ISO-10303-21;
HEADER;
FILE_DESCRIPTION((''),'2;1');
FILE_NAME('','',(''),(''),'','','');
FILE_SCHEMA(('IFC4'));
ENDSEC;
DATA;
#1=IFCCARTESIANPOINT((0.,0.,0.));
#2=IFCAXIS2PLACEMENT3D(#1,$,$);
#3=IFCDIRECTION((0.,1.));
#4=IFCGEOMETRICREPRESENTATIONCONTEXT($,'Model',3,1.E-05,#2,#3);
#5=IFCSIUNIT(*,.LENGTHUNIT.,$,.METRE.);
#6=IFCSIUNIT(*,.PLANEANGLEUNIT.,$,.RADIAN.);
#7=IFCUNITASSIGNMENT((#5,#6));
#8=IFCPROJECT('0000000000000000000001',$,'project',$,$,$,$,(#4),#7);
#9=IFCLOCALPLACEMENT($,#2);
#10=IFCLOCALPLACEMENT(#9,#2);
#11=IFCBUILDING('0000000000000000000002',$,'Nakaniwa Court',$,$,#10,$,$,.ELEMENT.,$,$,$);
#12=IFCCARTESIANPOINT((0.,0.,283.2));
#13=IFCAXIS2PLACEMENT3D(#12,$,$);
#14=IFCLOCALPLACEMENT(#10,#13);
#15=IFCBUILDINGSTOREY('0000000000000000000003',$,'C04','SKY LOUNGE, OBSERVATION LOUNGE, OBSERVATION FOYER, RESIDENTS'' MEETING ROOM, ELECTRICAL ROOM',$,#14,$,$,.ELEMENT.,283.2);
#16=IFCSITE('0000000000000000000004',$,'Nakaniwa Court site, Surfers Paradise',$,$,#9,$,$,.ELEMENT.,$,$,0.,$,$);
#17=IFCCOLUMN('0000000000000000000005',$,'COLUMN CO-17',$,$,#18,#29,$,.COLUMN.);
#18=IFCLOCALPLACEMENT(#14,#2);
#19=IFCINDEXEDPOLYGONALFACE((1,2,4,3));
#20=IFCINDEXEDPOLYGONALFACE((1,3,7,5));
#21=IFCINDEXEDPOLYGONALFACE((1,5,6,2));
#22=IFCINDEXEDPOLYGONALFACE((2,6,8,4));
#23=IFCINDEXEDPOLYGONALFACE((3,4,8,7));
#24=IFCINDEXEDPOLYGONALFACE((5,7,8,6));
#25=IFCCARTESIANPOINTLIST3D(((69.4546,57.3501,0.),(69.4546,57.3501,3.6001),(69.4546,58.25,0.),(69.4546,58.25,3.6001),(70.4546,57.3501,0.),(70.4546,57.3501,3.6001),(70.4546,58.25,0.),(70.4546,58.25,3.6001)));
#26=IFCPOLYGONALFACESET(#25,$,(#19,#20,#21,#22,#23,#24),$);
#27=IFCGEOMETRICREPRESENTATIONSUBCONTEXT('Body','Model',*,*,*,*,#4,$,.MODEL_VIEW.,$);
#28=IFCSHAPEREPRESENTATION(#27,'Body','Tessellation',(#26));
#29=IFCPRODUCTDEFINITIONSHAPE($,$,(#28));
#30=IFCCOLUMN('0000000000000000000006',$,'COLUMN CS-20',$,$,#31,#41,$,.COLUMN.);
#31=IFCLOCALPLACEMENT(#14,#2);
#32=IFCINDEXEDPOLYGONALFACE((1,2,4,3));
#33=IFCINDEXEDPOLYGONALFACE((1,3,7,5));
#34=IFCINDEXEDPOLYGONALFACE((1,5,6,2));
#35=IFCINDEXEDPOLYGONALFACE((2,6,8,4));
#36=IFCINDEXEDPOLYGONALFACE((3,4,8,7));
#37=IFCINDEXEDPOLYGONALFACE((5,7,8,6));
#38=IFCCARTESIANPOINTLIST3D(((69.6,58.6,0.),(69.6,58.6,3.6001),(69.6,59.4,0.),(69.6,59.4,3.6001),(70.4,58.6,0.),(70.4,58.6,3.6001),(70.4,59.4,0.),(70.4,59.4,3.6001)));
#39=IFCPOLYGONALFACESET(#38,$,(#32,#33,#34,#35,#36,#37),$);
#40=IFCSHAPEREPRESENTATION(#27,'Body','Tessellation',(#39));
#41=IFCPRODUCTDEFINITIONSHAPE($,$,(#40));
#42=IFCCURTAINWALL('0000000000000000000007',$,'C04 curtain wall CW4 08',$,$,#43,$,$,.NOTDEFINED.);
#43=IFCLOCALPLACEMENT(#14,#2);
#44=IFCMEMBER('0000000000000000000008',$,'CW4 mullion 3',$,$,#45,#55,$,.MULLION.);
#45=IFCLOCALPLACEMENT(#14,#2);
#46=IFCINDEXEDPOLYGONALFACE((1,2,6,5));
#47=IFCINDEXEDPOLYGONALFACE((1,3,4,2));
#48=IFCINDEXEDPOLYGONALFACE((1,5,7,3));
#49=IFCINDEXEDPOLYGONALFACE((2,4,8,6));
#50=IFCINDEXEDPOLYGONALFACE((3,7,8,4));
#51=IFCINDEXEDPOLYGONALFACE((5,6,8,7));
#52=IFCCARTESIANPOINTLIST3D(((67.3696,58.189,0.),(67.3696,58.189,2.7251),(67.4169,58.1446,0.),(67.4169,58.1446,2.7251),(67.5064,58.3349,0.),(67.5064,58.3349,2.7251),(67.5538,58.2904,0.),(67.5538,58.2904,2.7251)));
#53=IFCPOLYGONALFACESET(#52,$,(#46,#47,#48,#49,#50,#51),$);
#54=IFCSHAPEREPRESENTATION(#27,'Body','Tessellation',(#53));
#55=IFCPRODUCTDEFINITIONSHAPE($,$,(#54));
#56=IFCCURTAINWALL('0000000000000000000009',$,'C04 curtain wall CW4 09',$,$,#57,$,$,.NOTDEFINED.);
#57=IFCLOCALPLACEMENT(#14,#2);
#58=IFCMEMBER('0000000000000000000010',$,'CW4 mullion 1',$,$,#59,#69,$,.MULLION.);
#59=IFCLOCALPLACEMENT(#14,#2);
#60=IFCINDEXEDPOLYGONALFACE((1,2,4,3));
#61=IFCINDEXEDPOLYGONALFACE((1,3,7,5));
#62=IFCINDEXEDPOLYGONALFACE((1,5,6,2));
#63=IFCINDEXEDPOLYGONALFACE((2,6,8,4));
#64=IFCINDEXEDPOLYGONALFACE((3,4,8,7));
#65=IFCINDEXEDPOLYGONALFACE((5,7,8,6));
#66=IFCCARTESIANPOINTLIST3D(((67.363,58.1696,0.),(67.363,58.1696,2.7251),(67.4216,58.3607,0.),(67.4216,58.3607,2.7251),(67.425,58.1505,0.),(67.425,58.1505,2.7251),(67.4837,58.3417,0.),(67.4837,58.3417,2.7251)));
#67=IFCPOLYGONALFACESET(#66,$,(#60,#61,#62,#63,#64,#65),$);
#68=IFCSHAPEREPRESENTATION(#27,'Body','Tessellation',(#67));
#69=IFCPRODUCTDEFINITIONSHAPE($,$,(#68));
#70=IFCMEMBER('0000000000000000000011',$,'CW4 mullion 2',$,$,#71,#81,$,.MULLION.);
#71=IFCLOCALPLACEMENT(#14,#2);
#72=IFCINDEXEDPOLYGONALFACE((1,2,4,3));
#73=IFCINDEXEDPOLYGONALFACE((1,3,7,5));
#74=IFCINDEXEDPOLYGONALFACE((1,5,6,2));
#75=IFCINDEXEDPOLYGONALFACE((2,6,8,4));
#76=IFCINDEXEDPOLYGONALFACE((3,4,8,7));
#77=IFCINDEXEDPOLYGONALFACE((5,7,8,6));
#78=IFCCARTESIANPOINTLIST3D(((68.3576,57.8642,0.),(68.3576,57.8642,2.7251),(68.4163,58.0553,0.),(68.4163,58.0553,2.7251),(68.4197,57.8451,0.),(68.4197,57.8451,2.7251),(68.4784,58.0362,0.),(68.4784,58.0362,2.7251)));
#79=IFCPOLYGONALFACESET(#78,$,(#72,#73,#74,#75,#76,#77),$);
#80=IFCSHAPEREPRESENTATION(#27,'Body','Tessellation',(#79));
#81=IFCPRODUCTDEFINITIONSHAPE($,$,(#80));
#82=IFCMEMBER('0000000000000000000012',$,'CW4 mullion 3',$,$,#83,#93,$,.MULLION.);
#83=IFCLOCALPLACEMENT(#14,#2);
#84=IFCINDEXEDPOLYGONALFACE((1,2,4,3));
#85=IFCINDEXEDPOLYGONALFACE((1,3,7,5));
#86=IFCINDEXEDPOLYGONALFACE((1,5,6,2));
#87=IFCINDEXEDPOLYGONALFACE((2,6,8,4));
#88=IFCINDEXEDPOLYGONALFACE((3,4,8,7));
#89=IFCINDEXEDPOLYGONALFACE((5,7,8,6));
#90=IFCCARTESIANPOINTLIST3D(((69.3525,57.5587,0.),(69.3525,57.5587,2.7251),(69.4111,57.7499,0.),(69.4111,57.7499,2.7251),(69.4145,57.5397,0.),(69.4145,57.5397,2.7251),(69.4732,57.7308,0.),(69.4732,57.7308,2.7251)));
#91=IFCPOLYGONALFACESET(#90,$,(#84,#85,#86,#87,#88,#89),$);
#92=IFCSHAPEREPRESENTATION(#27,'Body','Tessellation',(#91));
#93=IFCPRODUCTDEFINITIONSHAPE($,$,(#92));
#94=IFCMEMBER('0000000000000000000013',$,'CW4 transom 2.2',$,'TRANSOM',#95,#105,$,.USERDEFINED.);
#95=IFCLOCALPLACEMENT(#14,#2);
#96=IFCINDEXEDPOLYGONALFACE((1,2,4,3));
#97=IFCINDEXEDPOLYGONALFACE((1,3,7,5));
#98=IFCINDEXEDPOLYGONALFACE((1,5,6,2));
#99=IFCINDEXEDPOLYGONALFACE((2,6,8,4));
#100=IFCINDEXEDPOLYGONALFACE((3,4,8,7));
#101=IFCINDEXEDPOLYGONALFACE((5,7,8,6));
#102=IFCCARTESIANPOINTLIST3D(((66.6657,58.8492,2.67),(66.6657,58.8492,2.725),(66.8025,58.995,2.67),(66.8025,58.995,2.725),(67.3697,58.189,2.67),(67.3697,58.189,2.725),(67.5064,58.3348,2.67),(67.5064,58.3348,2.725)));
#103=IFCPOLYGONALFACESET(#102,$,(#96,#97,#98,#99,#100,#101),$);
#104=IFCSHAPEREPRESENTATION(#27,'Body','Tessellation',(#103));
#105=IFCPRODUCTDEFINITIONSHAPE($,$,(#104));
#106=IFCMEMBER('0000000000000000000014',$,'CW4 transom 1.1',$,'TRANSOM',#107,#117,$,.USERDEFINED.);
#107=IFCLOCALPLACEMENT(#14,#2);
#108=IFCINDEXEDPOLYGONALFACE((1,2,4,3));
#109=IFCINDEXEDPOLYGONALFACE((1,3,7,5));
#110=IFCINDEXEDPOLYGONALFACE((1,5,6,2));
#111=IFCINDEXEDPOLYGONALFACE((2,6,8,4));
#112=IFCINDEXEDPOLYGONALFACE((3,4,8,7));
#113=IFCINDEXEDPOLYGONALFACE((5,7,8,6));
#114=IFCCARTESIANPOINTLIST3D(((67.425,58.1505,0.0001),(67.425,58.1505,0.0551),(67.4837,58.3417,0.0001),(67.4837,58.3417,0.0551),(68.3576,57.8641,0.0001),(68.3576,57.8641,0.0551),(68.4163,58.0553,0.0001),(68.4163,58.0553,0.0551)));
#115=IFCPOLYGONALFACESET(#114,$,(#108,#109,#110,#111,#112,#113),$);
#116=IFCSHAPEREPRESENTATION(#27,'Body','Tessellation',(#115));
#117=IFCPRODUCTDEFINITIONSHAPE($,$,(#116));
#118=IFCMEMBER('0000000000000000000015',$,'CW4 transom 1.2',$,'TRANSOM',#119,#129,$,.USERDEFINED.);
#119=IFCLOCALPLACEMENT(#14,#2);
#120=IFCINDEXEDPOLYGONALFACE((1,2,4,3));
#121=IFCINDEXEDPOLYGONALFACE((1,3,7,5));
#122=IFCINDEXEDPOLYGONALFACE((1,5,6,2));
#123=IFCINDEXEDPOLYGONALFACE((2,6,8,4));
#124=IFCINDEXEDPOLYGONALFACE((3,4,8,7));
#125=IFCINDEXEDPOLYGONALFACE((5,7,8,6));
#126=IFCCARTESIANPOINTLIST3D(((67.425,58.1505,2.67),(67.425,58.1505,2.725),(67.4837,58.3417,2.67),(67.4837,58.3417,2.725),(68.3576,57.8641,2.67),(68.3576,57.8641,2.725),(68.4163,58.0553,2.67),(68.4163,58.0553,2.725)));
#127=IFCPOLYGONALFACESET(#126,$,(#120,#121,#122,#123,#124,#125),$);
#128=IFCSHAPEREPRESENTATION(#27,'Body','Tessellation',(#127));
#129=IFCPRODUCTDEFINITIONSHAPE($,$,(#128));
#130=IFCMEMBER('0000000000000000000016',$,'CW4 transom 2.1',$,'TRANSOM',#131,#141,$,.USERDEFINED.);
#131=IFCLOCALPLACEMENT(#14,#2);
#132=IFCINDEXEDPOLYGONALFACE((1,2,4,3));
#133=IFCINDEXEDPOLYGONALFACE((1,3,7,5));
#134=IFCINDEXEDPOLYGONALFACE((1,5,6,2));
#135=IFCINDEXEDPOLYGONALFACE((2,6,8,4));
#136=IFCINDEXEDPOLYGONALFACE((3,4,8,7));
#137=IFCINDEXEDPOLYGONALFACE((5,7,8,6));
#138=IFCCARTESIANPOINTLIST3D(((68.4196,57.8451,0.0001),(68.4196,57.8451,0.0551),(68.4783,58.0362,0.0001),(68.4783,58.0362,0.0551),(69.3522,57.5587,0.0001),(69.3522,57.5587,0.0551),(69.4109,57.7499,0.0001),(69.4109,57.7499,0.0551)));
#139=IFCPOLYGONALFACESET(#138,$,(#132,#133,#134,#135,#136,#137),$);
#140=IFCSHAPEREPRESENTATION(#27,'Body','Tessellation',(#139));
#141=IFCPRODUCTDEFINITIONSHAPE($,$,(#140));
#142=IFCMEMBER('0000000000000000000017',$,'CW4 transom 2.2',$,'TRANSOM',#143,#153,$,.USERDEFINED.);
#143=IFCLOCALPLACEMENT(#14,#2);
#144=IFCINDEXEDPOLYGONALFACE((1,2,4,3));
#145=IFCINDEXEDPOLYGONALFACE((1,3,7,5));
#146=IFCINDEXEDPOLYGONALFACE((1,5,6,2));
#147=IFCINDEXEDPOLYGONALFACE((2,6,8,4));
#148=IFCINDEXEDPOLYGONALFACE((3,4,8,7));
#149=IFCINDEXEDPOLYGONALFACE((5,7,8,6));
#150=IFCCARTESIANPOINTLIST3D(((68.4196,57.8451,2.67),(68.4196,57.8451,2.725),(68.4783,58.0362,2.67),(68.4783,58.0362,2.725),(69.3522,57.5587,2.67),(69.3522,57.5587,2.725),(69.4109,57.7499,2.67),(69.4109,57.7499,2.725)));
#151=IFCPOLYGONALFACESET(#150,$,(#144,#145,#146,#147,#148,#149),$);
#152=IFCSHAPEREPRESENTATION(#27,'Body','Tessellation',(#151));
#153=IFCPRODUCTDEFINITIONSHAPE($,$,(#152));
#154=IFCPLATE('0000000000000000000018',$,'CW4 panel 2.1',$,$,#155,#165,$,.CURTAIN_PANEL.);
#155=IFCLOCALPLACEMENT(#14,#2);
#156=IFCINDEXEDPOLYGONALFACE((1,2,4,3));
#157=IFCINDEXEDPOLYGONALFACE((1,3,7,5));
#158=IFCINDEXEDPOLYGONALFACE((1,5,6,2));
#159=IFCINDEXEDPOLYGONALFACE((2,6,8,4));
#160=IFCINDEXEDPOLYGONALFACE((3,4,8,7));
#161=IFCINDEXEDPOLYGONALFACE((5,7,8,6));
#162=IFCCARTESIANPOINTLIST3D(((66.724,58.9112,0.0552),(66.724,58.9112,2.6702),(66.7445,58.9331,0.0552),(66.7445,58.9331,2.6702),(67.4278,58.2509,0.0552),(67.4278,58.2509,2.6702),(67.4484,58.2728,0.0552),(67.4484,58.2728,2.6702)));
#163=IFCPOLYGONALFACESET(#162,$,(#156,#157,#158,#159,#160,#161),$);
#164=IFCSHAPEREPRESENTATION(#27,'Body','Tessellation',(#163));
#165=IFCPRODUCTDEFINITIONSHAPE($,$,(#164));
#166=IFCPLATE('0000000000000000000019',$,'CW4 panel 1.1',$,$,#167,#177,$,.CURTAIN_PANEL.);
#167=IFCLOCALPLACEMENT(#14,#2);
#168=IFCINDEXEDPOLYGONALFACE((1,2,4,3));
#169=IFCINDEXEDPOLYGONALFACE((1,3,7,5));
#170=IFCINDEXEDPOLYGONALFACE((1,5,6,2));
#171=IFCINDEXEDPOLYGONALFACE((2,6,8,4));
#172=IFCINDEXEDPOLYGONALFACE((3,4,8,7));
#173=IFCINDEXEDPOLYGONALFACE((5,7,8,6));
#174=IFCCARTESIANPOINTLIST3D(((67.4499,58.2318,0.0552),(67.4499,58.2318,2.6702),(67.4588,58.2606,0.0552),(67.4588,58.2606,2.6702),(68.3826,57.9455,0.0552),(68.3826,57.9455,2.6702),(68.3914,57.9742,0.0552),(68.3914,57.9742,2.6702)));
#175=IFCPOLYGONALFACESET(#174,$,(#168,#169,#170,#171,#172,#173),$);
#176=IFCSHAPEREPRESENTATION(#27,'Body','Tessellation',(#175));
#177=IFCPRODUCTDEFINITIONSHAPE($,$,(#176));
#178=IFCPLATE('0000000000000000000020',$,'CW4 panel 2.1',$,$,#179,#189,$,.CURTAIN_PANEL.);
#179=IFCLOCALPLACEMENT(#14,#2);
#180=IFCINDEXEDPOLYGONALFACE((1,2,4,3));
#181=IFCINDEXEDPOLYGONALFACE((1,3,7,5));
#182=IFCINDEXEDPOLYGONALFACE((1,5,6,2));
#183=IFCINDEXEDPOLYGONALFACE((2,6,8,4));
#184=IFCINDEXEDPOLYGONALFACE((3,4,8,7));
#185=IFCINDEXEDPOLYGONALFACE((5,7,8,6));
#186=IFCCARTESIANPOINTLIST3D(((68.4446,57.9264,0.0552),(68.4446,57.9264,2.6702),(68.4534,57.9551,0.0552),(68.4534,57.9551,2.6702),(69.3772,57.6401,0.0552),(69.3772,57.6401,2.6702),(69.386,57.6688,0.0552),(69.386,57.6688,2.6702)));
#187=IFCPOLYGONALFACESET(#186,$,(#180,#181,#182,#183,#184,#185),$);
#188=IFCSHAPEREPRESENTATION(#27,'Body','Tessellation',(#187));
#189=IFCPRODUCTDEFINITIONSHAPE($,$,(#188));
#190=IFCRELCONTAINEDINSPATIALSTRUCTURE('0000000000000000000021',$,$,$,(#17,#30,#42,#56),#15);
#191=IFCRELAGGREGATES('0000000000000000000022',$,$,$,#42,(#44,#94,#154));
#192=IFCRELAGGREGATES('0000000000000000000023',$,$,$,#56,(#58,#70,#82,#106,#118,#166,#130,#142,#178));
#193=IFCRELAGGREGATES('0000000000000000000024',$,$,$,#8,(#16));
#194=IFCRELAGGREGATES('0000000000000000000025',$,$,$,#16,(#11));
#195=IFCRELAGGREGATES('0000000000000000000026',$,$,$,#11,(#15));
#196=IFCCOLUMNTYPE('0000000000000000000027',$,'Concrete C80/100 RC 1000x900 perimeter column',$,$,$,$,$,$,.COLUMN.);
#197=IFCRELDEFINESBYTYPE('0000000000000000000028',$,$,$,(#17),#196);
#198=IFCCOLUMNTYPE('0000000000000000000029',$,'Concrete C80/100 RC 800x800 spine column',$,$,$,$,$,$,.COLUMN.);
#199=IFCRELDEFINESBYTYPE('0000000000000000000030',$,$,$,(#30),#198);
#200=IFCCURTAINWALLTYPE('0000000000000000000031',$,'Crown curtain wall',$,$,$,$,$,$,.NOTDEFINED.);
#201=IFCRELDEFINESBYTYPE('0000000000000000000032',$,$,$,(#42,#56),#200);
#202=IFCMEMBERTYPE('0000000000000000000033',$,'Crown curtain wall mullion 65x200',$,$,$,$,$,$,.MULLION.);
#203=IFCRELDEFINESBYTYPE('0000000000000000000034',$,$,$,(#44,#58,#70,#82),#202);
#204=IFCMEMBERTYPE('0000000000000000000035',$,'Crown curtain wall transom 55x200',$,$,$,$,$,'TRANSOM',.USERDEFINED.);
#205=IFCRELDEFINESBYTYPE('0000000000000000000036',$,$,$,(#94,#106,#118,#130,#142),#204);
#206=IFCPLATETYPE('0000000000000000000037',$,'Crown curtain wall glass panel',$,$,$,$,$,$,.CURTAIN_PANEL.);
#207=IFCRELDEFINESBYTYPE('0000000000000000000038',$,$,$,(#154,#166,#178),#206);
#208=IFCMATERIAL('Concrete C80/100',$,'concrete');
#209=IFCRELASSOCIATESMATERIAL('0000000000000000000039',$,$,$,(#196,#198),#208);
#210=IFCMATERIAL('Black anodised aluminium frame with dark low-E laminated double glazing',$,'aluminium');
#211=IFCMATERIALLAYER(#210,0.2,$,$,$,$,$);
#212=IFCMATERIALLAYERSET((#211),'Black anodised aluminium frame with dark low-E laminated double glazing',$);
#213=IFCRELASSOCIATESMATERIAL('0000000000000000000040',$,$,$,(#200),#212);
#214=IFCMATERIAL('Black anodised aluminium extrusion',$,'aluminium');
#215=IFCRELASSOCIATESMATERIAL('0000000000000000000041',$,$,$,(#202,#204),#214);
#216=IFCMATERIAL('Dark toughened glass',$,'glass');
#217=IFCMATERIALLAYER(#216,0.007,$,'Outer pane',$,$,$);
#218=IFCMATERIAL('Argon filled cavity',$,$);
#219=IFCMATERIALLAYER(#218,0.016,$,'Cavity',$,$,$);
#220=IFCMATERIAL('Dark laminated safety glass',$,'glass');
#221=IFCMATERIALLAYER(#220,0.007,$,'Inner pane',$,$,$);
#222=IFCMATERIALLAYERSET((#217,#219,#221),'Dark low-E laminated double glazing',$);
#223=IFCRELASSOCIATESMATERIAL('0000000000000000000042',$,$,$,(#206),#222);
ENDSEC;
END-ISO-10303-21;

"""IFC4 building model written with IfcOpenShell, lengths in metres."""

from ifc_helpers import new_model, si_unit, direction, frame, origin, origin_2d, place, context, subcontext, project, spatial, rectangle, extrude, material, layer, layer_set, material_profile, profile_set, type_object, element, aggregate, save


model = new_model("IFC4")

# Units and contexts
model_context = context("Model", 3, precision=1e-05, world=origin(), true_north=direction((0.0, 1.0)))
body_context = subcontext(model_context, "Body", "Model", "MODEL_VIEW")
ifc_project = project(units=[si_unit("LENGTHUNIT", "METRE"), si_unit("PLANEANGLEUNIT", "RADIAN")], contexts=[model_context])

# Site, building, storey
site_placement = place(None, origin())
site = spatial("IfcSite", under=ifc_project, at=site_placement, Name="Nakaniwa Court site, Surfers Paradise", CompositionType="ELEMENT", RefElevation=0.0)
building_placement = place(site_placement, origin())
building = spatial("IfcBuilding", under=site, at=building_placement, Name="Nakaniwa Court", CompositionType="ELEMENT")
storey_placement = place(building_placement, frame((0.0, 0.0, 283.2)))
storey = spatial("IfcBuildingStorey", under=building, at=storey_placement, Name="C04", Description="SKY LOUNGE, OBSERVATION LOUNGE, OBSERVATION FOYER, RESIDENTS' MEETING ROOM, ELECTRICAL ROOM", CompositionType="ELEMENT", Elevation=283.2)

# Columns
ifc_material_1 = material(Name="Concrete C80/100", Category="concrete")
ifc_material_profile_1 = material_profile(ifc_material_1, rectangle(XDim=1.0, YDim=0.8999, at=origin_2d()), Name="Concrete C80/100 RC 1000x900 perimeter column")
ifc_profile_set_1 = profile_set([ifc_material_profile_1], Name="Concrete C80/100")
column_type_1 = type_object("IfcColumnType", Name="Concrete C80/100 RC 1000x900 perimeter column", PredefinedType="COLUMN", material=ifc_profile_set_1)
column_1_placement = place(storey_placement, frame((69.9546, 57.8, 0.0), z_axis=(0.0, 0.0, 1.0), x_axis=(1.0, 0.0, 0.0)))
element("IfcColumn", 1, at=column_1_placement, inside=storey, type_object=column_type_1, Name="COLUMN CO-17", PredefinedType="COLUMN", context=body_context, shape_type="SweptSolid", body=[
    extrude(rectangle(XDim=1.0, YDim=0.8999, at=origin_2d()), origin(), (0.0, 0.0, 1.0), 3.6001),
])
ifc_material_profile_2 = material_profile(ifc_material_1, rectangle(XDim=0.8, YDim=0.8, at=origin_2d()), Name="Concrete C80/100 RC 800x800 spine column")
ifc_profile_set_2 = profile_set([ifc_material_profile_2], Name="Concrete C80/100")
column_type_2 = type_object("IfcColumnType", Name="Concrete C80/100 RC 800x800 spine column", PredefinedType="COLUMN", material=ifc_profile_set_2)
column_2_placement = place(storey_placement, frame((70.0, 59.0, 0.0), z_axis=(0.0, 0.0, 1.0), x_axis=(0.0, -1.0, 0.0)))
element("IfcColumn", 2, at=column_2_placement, inside=storey, type_object=column_type_2, Name="COLUMN CS-20", PredefinedType="COLUMN", context=body_context, shape_type="SweptSolid", body=[
    extrude(rectangle(XDim=0.8, YDim=0.8, at=origin_2d()), origin(), (0.0, 0.0, 1.0), 3.6001),
])

# Curtain wall, member
ifc_material_2 = material(Name="Black anodised aluminium frame with dark low-E laminated double glazing", Category="aluminium")
ifc_layer_1 = layer(ifc_material_2, 0.2)
ifc_layer_set_1 = layer_set([ifc_layer_1], Name="Black anodised aluminium frame with dark low-E laminated double glazing")
curtain_wall_type = type_object("IfcCurtainWallType", Name="Crown curtain wall", PredefinedType="NOTDEFINED", material=ifc_layer_set_1)
curtain_wall_1_placement = place(storey_placement, origin())
curtain_wall_1 = element("IfcCurtainWall", 3, at=curtain_wall_1_placement, inside=storey, type_object=curtain_wall_type, Name="C04 curtain wall CW4 08", PredefinedType="NOTDEFINED")
ifc_material_3 = material(Name="Black anodised aluminium extrusion", Category="aluminium")
ifc_material_profile_3 = material_profile(ifc_material_3, rectangle(XDim=0.2, YDim=0.0649, at=origin_2d()), Name="Crown curtain wall mullion 65x200")
ifc_profile_set_3 = profile_set([ifc_material_profile_3], Name="Black anodised aluminium extrusion")
member_type_1 = type_object("IfcMemberType", Name="Crown curtain wall mullion 65x200", PredefinedType="MULLION", material=ifc_profile_set_3)
member_1_placement = place(storey_placement, frame((67.4617, 58.2397, 0.0), z_axis=(0.0, 0.0, 1.0), x_axis=(0.684182, 0.729311, 0.0)))
member_1 = element("IfcMember", 4, at=member_1_placement, type_object=member_type_1, Name="CW4 mullion 3", PredefinedType="MULLION", context=body_context, shape_type="SweptSolid", body=[
    extrude(rectangle(XDim=0.2, YDim=0.0649, at=origin_2d()), origin(), (0.0, 0.0, 1.0), 2.7251),
])

# Curtain wall, members
curtain_wall_2_placement = place(storey_placement, origin())
curtain_wall_2 = element("IfcCurtainWall", 5, at=curtain_wall_2_placement, inside=storey, type_object=curtain_wall_type, Name="C04 curtain wall CW4 09", PredefinedType="NOTDEFINED")
member_2_placement = place(storey_placement, frame((67.4233, 58.2556, 0.0), z_axis=(0.0, 0.0, 1.0), x_axis=(0.293506, 0.955957, 0.0)))
member_2 = element("IfcMember", 6, at=member_2_placement, type_object=member_type_1, Name="CW4 mullion 1", PredefinedType="MULLION", context=body_context, shape_type="SweptSolid", body=[
    extrude(rectangle(XDim=0.2, YDim=0.0649, at=origin_2d()), origin(), (0.0, 0.0, 1.0), 2.7251),
])
member_3_placement = place(storey_placement, frame((68.418, 57.9502, 0.0), z_axis=(0.0, 0.0, 1.0), x_axis=(0.293506, 0.955957, 0.0)))
member_3 = element("IfcMember", 7, at=member_3_placement, type_object=member_type_1, Name="CW4 mullion 2", PredefinedType="MULLION", context=body_context, shape_type="SweptSolid", body=[
    extrude(rectangle(XDim=0.2, YDim=0.0649, at=origin_2d()), origin(), (0.0, 0.0, 1.0), 2.7251),
])
member_4_placement = place(storey_placement, frame((69.4128, 57.6448, 0.0), z_axis=(0.0, 0.0, 1.0), x_axis=(0.293506, 0.955957, 0.0)))
member_4 = element("IfcMember", 8, at=member_4_placement, type_object=member_type_1, Name="CW4 mullion 3", PredefinedType="MULLION", context=body_context, shape_type="SweptSolid", body=[
    extrude(rectangle(XDim=0.2, YDim=0.0649, at=origin_2d()), origin(), (0.0, 0.0, 1.0), 2.7251),
])

# Members
ifc_material_profile_4 = material_profile(ifc_material_3, rectangle(XDim=0.2, YDim=0.0549, at=origin_2d()), Name="Crown curtain wall transom 55x200")
ifc_profile_set_4 = profile_set([ifc_material_profile_4], Name="Black anodised aluminium extrusion")
member_type_2 = type_object("IfcMemberType", Name="Crown curtain wall transom 55x200", ElementType="TRANSOM", PredefinedType="USERDEFINED", material=ifc_profile_set_4)
member_5_placement = place(storey_placement, frame((66.7341, 58.9221, 2.6975), z_axis=(0.729387, -0.684101, 0.0), x_axis=(0.684101, 0.729387, 0.0)))
member_5 = element("IfcMember", 9, at=member_5_placement, type_object=member_type_2, Name="CW4 transom 2.2", ObjectType="TRANSOM", PredefinedType="USERDEFINED", context=body_context, shape_type="SweptSolid", body=[
    extrude(rectangle(XDim=0.2, YDim=0.0549, at=origin_2d()), origin(), (0.0, 0.0, 1.0), 0.9651),
])
member_6_placement = place(storey_placement, frame((67.4543, 58.2461, 0.0276), z_axis=(0.955947, -0.293541, 0.0), x_axis=(0.293541, 0.955947, 0.0)))
member_6 = element("IfcMember", 10, at=member_6_placement, type_object=member_type_2, Name="CW4 transom 1.1", ObjectType="TRANSOM", PredefinedType="USERDEFINED", context=body_context, shape_type="SweptSolid", body=[
    extrude(rectangle(XDim=0.2, YDim=0.0549, at=origin_2d()), origin(), (0.0, 0.0, 1.0), 0.9756),
])
member_7_placement = place(storey_placement, frame((67.4543, 58.2461, 2.6975), z_axis=(0.955947, -0.293541, 0.0), x_axis=(0.293541, 0.955947, 0.0)))
member_7 = element("IfcMember", 11, at=member_7_placement, type_object=member_type_2, Name="CW4 transom 1.2", ObjectType="TRANSOM", PredefinedType="USERDEFINED", context=body_context, shape_type="SweptSolid", body=[
    extrude(rectangle(XDim=0.2, YDim=0.0549, at=origin_2d()), origin(), (0.0, 0.0, 1.0), 0.9756),
])
member_8_placement = place(storey_placement, frame((68.449, 57.9407, 0.0276), z_axis=(0.955947, -0.293541, 0.0), x_axis=(0.293541, 0.955947, 0.0)))
member_8 = element("IfcMember", 12, at=member_8_placement, type_object=member_type_2, Name="CW4 transom 2.1", ObjectType="TRANSOM", PredefinedType="USERDEFINED", context=body_context, shape_type="SweptSolid", body=[
    extrude(rectangle(XDim=0.2, YDim=0.0549, at=origin_2d()), origin(), (0.0, 0.0, 1.0), 0.9756),
])
member_9_placement = place(storey_placement, frame((68.449, 57.9407, 2.6975), z_axis=(0.955947, -0.293541, 0.0), x_axis=(0.293541, 0.955947, 0.0)))
member_9 = element("IfcMember", 13, at=member_9_placement, type_object=member_type_2, Name="CW4 transom 2.2", ObjectType="TRANSOM", PredefinedType="USERDEFINED", context=body_context, shape_type="SweptSolid", body=[
    extrude(rectangle(XDim=0.2, YDim=0.0549, at=origin_2d()), origin(), (0.0, 0.0, 1.0), 0.9756),
])

# Plates
ifc_material_4 = material(Name="Dark toughened glass", Category="glass")
ifc_layer_2 = layer(ifc_material_4, 0.007, Name="Outer pane")
ifc_material_5 = material(Name="Argon filled cavity")
ifc_layer_3 = layer(ifc_material_5, 0.016, Name="Cavity")
ifc_material_6 = material(Name="Dark laminated safety glass", Category="glass")
ifc_layer_4 = layer(ifc_material_6, 0.007, Name="Inner pane")
ifc_layer_set_2 = layer_set([ifc_layer_2, ifc_layer_3, ifc_layer_4], Name="Dark low-E laminated double glazing")
plate_type = type_object("IfcPlateType", Name="Crown curtain wall glass panel", PredefinedType="CURTAIN_PANEL", material=ifc_layer_set_2)
plate_1_placement = place(storey_placement, frame((67.0862, 58.592, 0.0552), z_axis=(0.0, 0.0, 1.0), x_axis=(0.729311, -0.684182, 0.0)))
plate_1 = element("IfcPlate", 14, at=plate_1_placement, type_object=plate_type, Name="CW4 panel 2.1", PredefinedType="CURTAIN_PANEL", context=body_context, shape_type="SweptSolid", body=[
    extrude(rectangle(XDim=0.9651, YDim=0.03, at=origin_2d()), origin(), (0.0, 0.0, 1.0), 2.615),
])
aggregate(curtain_wall_1, [member_1, member_5, plate_1])
plate_2_placement = place(storey_placement, frame((67.9207, 58.103, 0.0552), z_axis=(0.0, 0.0, 1.0), x_axis=(0.955957, -0.293506, 0.0)))
plate_2 = element("IfcPlate", 15, at=plate_2_placement, type_object=plate_type, Name="CW4 panel 1.1", PredefinedType="CURTAIN_PANEL", context=body_context, shape_type="SweptSolid", body=[
    extrude(rectangle(XDim=0.9756, YDim=0.03, at=origin_2d()), origin(), (0.0, 0.0, 1.0), 2.615),
])
plate_3_placement = place(storey_placement, frame((68.9153, 57.7976, 0.0552), z_axis=(0.0, 0.0, 1.0), x_axis=(0.955957, -0.293506, 0.0)))
plate_3 = element("IfcPlate", 16, at=plate_3_placement, type_object=plate_type, Name="CW4 panel 2.1", PredefinedType="CURTAIN_PANEL", context=body_context, shape_type="SweptSolid", body=[
    extrude(rectangle(XDim=0.9756, YDim=0.03, at=origin_2d()), origin(), (0.0, 0.0, 1.0), 2.615),
])
aggregate(curtain_wall_2, [member_2, member_3, member_4, member_6, member_7, plate_2, member_8, member_9, plate_3])

save(model, "model.ifc")
